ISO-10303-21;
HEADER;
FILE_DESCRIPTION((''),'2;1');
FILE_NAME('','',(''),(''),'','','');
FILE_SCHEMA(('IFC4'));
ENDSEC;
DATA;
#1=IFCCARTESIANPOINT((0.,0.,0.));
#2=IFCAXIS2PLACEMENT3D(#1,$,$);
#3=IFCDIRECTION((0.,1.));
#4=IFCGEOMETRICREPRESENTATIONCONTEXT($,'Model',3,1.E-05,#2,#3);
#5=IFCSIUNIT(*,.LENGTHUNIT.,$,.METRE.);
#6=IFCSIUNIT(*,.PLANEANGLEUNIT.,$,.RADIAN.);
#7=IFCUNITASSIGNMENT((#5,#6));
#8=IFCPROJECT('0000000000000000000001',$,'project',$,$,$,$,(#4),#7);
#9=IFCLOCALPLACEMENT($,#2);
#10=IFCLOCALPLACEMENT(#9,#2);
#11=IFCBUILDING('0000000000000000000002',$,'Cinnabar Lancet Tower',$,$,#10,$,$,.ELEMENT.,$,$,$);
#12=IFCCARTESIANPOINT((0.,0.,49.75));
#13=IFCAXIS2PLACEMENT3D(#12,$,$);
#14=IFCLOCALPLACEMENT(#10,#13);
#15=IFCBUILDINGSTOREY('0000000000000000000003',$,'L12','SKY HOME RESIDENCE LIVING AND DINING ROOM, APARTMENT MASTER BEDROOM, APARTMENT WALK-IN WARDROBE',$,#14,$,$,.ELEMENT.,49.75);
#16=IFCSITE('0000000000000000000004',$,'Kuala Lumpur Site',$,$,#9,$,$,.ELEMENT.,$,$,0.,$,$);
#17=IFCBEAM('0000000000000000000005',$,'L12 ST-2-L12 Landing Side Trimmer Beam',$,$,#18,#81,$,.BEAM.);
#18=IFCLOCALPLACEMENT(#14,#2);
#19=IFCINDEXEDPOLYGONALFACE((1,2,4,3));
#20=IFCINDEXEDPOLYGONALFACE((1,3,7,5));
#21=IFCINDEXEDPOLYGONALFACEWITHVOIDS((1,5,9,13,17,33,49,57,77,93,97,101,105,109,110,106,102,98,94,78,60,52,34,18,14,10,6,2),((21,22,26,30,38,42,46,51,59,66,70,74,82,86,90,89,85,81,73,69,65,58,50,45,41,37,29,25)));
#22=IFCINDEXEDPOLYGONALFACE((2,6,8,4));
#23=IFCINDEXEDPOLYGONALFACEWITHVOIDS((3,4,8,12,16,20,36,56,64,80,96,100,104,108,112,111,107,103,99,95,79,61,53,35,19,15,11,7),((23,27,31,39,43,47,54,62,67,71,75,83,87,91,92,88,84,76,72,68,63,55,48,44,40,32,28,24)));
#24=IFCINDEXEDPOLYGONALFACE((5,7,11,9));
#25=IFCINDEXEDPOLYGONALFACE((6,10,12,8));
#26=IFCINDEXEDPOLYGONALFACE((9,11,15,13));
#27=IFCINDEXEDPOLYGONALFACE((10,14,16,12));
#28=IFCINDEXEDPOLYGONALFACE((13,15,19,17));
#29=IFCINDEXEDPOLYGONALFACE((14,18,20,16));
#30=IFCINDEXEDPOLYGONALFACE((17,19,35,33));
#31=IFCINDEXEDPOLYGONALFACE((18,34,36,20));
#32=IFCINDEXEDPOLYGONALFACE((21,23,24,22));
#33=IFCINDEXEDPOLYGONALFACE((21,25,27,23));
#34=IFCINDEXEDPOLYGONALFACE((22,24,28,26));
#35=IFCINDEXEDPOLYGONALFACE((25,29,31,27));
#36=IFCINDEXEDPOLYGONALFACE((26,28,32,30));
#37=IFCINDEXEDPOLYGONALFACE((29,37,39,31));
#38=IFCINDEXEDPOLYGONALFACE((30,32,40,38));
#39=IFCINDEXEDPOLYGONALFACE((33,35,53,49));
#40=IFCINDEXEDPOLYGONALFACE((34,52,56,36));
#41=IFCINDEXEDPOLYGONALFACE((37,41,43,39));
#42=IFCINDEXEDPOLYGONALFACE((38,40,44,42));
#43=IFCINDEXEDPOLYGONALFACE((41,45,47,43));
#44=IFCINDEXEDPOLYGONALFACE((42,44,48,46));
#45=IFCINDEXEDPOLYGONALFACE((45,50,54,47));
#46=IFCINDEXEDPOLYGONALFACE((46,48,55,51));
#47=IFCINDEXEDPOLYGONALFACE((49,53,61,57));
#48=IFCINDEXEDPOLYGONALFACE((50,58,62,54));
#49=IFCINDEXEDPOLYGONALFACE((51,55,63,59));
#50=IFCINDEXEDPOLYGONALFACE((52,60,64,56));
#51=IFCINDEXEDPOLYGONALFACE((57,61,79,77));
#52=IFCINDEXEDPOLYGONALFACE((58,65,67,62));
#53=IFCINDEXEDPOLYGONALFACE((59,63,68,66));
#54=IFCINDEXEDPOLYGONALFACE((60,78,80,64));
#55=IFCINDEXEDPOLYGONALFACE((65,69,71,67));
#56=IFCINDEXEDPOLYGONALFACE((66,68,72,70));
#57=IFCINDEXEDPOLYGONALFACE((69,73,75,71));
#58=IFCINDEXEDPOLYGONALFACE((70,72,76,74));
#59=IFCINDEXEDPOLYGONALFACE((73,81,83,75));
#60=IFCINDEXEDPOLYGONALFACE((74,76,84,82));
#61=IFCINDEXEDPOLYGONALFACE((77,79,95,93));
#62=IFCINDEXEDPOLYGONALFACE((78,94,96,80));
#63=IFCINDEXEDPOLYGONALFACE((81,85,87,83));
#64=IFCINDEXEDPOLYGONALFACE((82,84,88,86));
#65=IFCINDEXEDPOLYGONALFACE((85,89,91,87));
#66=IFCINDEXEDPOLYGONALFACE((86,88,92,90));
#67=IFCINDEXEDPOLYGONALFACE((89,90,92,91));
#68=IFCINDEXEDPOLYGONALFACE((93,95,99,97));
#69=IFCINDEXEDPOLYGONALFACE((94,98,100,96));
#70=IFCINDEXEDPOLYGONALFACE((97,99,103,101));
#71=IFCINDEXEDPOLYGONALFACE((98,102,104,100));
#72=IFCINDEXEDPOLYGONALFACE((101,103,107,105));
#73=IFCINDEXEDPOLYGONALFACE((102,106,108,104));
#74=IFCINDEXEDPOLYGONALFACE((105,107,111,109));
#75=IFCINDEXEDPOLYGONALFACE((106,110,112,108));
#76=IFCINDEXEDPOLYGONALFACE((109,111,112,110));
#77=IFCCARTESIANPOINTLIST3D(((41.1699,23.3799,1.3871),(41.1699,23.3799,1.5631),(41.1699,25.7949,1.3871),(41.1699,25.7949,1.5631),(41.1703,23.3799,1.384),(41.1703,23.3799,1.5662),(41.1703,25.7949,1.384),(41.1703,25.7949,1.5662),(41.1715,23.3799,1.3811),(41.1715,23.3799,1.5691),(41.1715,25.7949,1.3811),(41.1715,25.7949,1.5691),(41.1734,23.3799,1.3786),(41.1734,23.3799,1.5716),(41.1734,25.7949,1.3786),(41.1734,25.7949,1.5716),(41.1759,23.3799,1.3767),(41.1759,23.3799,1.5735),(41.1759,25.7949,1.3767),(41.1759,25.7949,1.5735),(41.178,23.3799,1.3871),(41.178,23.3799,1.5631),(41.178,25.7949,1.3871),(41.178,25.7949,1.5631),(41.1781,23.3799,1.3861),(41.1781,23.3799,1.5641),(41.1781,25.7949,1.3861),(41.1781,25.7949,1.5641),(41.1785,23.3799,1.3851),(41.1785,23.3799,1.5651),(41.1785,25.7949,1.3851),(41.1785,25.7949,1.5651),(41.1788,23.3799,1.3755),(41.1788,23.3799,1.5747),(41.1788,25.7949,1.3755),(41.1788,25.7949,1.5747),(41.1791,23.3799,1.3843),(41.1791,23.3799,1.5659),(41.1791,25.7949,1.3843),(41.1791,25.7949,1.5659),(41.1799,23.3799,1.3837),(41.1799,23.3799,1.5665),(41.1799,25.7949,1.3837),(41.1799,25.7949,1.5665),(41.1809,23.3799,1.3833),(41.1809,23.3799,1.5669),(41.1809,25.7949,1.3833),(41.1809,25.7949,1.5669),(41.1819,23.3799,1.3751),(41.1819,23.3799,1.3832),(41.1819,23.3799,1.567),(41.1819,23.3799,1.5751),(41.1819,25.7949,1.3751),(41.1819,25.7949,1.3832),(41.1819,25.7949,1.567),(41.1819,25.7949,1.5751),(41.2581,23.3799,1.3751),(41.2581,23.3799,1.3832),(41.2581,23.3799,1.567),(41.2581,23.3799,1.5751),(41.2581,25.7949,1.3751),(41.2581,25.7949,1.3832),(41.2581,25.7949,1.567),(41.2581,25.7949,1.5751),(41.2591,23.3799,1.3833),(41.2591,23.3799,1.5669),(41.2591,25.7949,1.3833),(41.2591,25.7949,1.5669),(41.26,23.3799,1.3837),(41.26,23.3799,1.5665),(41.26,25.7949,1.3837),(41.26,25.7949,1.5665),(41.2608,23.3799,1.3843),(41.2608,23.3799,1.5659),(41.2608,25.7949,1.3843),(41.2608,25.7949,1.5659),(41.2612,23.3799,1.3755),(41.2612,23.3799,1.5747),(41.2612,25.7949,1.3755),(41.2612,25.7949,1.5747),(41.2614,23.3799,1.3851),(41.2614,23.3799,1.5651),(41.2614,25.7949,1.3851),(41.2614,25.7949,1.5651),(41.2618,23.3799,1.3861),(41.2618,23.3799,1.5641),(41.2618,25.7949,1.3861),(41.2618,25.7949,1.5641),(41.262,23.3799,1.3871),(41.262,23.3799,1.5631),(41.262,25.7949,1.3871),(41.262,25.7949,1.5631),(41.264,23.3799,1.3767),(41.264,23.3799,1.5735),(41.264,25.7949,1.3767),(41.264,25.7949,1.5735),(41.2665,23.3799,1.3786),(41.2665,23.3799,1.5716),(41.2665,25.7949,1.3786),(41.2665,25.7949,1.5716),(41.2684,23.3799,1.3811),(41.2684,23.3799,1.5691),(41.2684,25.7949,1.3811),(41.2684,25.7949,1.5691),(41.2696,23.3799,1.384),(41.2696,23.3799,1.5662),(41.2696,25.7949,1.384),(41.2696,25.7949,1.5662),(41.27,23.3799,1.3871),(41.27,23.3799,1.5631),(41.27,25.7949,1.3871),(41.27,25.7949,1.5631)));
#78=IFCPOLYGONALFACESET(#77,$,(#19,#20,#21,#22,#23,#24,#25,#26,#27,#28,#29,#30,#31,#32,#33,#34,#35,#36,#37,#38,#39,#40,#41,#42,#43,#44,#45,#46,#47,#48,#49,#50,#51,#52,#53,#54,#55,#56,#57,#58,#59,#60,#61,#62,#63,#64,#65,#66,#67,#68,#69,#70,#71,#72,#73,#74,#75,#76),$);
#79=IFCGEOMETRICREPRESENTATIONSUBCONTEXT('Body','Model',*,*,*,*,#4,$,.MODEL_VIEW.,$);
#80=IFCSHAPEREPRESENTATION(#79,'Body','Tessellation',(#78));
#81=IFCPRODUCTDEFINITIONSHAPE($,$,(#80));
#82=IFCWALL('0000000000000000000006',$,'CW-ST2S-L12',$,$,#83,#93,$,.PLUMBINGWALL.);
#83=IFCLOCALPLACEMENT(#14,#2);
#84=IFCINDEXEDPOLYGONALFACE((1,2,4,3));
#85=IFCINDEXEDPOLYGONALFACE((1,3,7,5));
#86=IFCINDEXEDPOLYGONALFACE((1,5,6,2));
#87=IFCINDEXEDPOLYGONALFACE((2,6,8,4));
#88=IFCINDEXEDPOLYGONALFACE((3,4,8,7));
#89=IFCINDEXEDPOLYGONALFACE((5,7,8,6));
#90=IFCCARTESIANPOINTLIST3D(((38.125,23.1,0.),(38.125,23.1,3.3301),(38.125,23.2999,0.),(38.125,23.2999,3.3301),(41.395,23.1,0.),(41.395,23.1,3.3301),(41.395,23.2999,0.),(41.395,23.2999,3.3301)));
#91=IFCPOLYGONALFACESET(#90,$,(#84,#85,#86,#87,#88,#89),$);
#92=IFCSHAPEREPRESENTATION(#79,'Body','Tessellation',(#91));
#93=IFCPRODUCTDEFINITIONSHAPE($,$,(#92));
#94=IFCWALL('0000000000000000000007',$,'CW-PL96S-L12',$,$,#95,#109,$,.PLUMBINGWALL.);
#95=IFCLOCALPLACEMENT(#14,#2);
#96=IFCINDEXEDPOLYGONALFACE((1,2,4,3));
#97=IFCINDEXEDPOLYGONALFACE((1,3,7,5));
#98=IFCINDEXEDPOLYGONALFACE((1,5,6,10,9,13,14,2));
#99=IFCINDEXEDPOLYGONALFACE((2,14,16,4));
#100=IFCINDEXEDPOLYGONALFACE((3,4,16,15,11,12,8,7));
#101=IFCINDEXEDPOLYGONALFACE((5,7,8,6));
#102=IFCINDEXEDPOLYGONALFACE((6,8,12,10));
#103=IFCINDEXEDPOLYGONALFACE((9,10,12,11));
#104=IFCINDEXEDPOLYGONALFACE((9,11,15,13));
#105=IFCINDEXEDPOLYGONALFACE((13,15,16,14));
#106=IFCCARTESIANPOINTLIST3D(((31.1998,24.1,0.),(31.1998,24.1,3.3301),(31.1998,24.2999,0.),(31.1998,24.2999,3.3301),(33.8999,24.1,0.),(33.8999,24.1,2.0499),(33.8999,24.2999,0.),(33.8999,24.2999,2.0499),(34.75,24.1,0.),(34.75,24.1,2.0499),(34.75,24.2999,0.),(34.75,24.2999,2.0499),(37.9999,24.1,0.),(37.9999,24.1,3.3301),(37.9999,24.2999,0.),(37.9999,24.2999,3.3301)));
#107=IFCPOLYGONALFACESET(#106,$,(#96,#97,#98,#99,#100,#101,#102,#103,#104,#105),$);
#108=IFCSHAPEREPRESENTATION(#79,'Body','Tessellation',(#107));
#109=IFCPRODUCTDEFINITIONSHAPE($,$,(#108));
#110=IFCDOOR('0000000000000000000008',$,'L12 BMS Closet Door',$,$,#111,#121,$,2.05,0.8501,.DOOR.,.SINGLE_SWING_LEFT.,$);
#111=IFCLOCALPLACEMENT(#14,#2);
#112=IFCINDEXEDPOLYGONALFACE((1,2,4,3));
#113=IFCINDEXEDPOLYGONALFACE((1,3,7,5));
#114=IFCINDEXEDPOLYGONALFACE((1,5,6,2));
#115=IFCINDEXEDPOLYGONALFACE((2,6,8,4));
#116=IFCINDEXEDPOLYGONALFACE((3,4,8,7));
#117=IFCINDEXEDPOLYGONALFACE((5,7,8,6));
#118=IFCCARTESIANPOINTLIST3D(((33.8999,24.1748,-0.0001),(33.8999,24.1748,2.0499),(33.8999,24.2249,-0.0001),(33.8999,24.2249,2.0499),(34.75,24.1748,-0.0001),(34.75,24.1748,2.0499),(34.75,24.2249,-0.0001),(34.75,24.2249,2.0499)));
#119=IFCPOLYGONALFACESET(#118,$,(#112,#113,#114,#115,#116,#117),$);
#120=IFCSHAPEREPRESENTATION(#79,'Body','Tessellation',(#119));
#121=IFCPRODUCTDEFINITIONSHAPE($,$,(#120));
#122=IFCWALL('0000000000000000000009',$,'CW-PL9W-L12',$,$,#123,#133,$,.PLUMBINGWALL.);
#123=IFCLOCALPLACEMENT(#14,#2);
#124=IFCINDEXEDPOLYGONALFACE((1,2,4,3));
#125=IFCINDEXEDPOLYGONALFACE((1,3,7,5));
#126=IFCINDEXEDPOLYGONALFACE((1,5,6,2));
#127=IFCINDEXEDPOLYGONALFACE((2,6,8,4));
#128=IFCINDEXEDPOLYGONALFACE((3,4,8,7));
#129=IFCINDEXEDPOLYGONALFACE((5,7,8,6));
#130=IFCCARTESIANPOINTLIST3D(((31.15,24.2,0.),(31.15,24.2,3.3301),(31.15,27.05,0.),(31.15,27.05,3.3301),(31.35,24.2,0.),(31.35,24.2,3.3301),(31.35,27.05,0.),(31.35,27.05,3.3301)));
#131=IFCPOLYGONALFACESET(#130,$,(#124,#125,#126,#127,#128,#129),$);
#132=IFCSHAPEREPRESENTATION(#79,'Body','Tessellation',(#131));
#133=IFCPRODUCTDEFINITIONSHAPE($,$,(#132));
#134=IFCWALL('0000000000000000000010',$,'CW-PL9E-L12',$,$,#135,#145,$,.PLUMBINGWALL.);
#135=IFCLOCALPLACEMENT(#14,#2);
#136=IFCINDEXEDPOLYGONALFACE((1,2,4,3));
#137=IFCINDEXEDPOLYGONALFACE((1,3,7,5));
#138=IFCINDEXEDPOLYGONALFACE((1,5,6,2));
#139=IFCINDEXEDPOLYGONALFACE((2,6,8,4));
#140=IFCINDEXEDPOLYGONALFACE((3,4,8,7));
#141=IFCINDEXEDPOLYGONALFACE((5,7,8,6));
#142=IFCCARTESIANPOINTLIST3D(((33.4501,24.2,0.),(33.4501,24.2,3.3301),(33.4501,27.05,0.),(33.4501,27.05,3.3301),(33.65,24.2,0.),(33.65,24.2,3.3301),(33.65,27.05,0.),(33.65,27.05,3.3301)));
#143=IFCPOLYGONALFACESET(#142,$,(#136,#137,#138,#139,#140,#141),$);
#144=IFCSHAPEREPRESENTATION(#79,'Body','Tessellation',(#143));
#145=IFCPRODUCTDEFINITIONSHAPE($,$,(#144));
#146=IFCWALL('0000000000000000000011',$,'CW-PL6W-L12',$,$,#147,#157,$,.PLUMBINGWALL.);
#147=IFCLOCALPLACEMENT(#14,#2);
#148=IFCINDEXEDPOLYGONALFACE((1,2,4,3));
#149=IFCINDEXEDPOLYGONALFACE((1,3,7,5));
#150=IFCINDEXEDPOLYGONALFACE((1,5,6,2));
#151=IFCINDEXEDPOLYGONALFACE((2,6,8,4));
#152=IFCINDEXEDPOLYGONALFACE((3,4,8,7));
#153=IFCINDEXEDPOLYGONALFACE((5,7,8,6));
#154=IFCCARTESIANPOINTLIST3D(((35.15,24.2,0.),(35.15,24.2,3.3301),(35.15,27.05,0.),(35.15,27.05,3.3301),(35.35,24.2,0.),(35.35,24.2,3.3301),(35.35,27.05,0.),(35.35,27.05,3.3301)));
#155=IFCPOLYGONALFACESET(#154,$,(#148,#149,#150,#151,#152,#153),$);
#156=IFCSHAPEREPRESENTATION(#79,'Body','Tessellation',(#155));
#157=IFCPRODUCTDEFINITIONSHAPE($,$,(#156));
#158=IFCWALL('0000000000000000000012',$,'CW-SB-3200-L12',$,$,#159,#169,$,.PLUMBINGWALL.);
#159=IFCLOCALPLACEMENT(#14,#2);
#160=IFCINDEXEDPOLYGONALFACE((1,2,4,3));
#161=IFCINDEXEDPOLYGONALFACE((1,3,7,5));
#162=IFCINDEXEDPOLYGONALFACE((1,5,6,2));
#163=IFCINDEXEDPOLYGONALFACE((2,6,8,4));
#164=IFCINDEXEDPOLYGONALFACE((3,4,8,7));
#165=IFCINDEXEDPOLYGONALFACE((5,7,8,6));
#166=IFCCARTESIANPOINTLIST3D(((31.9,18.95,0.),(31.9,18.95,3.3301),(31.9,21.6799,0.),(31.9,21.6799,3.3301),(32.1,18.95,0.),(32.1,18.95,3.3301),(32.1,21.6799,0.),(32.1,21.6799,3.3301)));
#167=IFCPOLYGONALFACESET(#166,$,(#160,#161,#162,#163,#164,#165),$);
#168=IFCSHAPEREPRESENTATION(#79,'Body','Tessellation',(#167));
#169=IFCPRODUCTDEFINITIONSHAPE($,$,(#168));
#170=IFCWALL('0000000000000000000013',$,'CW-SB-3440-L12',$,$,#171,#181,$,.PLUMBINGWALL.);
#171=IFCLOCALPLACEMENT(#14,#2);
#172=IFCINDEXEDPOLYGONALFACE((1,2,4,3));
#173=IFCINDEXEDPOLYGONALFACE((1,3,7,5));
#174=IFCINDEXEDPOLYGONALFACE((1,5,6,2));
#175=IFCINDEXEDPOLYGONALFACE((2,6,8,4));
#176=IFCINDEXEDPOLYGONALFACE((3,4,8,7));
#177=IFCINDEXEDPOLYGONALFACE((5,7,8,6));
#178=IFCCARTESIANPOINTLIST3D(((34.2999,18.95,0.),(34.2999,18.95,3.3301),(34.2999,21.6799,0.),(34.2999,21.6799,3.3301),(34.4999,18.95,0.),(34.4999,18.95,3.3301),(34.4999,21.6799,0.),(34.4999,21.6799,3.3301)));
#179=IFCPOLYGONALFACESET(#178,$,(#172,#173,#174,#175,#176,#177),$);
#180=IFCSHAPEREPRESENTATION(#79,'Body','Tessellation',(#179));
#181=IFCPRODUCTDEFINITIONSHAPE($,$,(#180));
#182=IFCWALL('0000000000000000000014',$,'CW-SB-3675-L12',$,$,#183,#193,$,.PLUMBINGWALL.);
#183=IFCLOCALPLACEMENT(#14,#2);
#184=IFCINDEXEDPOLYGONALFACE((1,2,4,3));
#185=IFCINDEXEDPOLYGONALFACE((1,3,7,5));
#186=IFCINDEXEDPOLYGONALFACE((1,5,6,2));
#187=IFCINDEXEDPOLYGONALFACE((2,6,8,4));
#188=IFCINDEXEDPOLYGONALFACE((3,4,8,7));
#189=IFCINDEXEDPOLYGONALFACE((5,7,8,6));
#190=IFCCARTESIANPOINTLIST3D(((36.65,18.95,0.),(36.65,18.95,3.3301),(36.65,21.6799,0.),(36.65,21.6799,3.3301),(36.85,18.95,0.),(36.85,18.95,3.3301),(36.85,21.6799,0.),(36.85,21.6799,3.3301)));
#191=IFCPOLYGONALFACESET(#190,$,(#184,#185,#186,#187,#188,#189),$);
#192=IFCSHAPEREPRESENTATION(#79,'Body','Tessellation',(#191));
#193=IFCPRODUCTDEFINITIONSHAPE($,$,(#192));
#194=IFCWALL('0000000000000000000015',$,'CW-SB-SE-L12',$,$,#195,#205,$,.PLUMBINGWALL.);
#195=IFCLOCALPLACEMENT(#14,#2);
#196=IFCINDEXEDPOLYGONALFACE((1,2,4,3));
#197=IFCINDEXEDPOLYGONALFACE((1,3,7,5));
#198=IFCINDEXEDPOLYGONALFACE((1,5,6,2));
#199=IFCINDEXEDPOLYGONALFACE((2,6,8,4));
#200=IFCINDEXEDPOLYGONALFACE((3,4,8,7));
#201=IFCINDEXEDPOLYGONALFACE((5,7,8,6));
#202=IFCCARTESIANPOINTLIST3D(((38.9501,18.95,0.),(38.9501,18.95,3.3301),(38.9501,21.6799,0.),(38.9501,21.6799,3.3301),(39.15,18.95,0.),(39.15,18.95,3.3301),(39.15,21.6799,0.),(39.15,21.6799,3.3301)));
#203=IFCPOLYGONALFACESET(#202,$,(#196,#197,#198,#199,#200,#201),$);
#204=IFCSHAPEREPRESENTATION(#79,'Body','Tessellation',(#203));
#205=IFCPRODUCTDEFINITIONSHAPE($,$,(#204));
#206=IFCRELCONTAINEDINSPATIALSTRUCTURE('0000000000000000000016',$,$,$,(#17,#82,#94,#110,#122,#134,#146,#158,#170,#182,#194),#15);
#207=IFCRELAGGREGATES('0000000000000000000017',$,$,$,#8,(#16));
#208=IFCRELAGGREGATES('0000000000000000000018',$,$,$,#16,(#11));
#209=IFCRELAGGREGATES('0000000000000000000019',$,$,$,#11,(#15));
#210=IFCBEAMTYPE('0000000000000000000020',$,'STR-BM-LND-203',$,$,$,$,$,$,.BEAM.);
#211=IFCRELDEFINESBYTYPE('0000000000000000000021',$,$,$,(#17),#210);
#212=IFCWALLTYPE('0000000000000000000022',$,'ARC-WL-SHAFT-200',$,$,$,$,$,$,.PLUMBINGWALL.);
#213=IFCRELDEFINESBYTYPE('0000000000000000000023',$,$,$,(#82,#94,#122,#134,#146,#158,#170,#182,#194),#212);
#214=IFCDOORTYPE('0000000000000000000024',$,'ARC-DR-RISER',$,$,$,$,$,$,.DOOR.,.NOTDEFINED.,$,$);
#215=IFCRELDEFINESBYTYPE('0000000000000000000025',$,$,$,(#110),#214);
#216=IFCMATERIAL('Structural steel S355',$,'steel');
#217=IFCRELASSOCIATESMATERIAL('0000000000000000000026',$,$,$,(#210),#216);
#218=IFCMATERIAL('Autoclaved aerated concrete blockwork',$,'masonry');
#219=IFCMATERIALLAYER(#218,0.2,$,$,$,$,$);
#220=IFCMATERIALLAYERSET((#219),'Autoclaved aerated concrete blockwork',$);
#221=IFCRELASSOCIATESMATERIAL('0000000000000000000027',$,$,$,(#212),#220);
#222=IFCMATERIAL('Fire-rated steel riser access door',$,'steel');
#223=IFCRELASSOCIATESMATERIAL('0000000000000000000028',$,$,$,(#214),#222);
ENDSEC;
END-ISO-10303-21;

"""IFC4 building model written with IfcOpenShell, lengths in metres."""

from ifc_helpers import new_model, si_unit, direction, frame, frame_2d, origin, origin_2d, place, context, subcontext, project, spatial, rectangle, hollow_rectangle, extrude, material, layer, layer_set, material_profile, profile_set, type_object, element, fill, save


model = new_model("IFC4")

# Units and contexts
model_context = context("Model", 3, precision=1e-05, world=origin(), true_north=direction((0.0, 1.0)))
body_context = subcontext(model_context, "Body", "Model", "MODEL_VIEW")
ifc_project = project(units=[si_unit("LENGTHUNIT", "METRE"), si_unit("PLANEANGLEUNIT", "RADIAN")], contexts=[model_context])

# Site, building, storey
site_placement = place(None, origin())
site = spatial("IfcSite", under=ifc_project, at=site_placement, Name="Kuala Lumpur Site", CompositionType="ELEMENT", RefElevation=0.0)
building_placement = place(site_placement, origin())
building = spatial("IfcBuilding", under=site, at=building_placement, Name="Cinnabar Lancet Tower", CompositionType="ELEMENT")
storey_placement = place(building_placement, frame((0.0, 0.0, 49.75)))
storey = spatial("IfcBuildingStorey", under=building, at=storey_placement, Name="L12", Description="SKY HOME RESIDENCE LIVING AND DINING ROOM, APARTMENT MASTER BEDROOM, APARTMENT WALK-IN WARDROBE", CompositionType="ELEMENT", Elevation=49.75)

# Beam
ifc_material_1 = material(Name="Structural steel S355", Category="steel")
ifc_material_profile_1 = material_profile(ifc_material_1, hollow_rectangle(XDim=0.1001, YDim=0.2, WallThickness=0.0081, InnerFilletRadius=0.0039, OuterFilletRadius=0.012, at=origin_2d()), Name="RHS 200x100x8")
ifc_profile_set_1 = profile_set([ifc_material_profile_1], Name="Structural steel S355")
beam_type = type_object("IfcBeamType", Name="STR-BM-LND-203", PredefinedType="BEAM", material=ifc_profile_set_1)
beam_placement = place(storey_placement, frame((41.22, 23.3799, 1.4751), z_axis=(0.0, 1.0, 0.0), x_axis=(-1.0, 0.0, 0.0)))
element("IfcBeam", 1, at=beam_placement, inside=storey, type_object=beam_type, Name="L12 ST-2-L12 Landing Side Trimmer Beam", PredefinedType="BEAM", context=body_context, shape_type="SweptSolid", body=[
    extrude(hollow_rectangle(XDim=0.1001, YDim=0.2, WallThickness=0.0081, InnerFilletRadius=0.0039, OuterFilletRadius=0.012, at=origin_2d()), origin(), (0.0, 0.0, 1.0), 2.415),
])

# Wall
ifc_material_2 = material(Name="Autoclaved aerated concrete blockwork", Category="masonry")
ifc_layer_1 = layer(ifc_material_2, 0.2)
ifc_layer_set_1 = layer_set([ifc_layer_1], Name="Autoclaved aerated concrete blockwork")
wall_type_1 = type_object("IfcWallType", Name="ARC-WL-SHAFT-200", PredefinedType="PLUMBINGWALL", material=ifc_layer_set_1)
wall_1_placement = place(storey_placement, frame((38.125, 23.2, 0.0), z_axis=(0.0, 0.0, 1.0), x_axis=(1.0, 0.0, 0.0)))
element("IfcWall", 2, at=wall_1_placement, inside=storey, type_object=wall_type_1, Name="CW-ST2S-L12", PredefinedType="PLUMBINGWALL", context=body_context, shape_type="SweptSolid", body=[
    extrude(rectangle(XDim=3.27, YDim=0.2, at=frame_2d((1.635, 0.0))), origin(), (0.0, 0.0, 1.0), 3.3301),
])

# Wall, opening, door
wall_2_placement = place(storey_placement, frame((31.2, 24.2, 0.0), z_axis=(0.0, 0.0, 1.0), x_axis=(1.0, 0.0, 0.0)))
wall_2 = element("IfcWall", 3, at=wall_2_placement, inside=storey, type_object=wall_type_1, Name="CW-PL96S-L12", PredefinedType="PLUMBINGWALL", context=body_context, shape_type="SweptSolid", body=[
    extrude(rectangle(XDim=6.8, YDim=0.2, at=frame_2d((3.3999, 0.0))), origin(), (0.0, 0.0, 1.0), 3.3301),
])
opening_1_placement = place(wall_2_placement, frame((2.7, 0.0, 0.0)))
opening_1 = element("IfcOpeningElement", 4, at=opening_1_placement, cuts=wall_2, PredefinedType="OPENING", context=body_context, shape_type="SweptSolid", body=[
    extrude(rectangle(XDim=0.8501, YDim=2.05, at=frame_2d((0.425, 1.0249))), frame((0.0, 0.1099, 0.0), z_axis=(0.0, -1.0, 0.0), x_axis=(1.0, 0.0, 0.0)), (0.0, 0.0, 1.0), 0.22),
])
ifc_material_3 = material(Name="Fire-rated steel riser access door", Category="steel")
door_type_1 = type_object("IfcDoorType", Name="ARC-DR-RISER", OperationType="NOTDEFINED", PredefinedType="DOOR", material=ifc_material_3)
door_1_placement = place(opening_1_placement, origin())
door_1 = element("IfcDoor", 5, at=door_1_placement, inside=storey, type_object=door_type_1, Name="L12 BMS Closet Door", OperationType="SINGLE_SWING_LEFT", OverallHeight=2.05, OverallWidth=0.8501, PredefinedType="DOOR", context=body_context, shape_type="SweptSolid", body=[
    extrude(rectangle(XDim=0.8501, YDim=2.05, at=frame_2d((0.425, 1.0249))), frame((0.0, 0.0249, 0.0), z_axis=(0.0, -1.0, 0.0), x_axis=(1.0, 0.0, 0.0)), (0.0, 0.0, 1.0), 0.05),
])
fill(opening_1, door_1)

# Walls
for number, where, z_axis, x_axis, name in (
    (6, (31.25, 24.2, 0.0), (0.0, 0.0, 1.0), (0.0, 1.0, 0.0), "CW-PL9W-L12"),
    (7, (33.55, 24.2, 0.0), (0.0, 0.0, 1.0), (0.0, 1.0, 0.0), "CW-PL9E-L12"),
    (8, (35.25, 24.2, 0.0), (0.0, 0.0, 1.0), (0.0, 1.0, 0.0), "CW-PL6W-L12"),
):
    element("IfcWall", number, at=place(storey_placement, frame(where, z_axis=z_axis, x_axis=x_axis)), inside=storey, type_object=wall_type_1, Name=name, PredefinedType="PLUMBINGWALL", context=body_context, shape_type="SweptSolid", body=[
        extrude(rectangle(XDim=2.8501, YDim=0.2, at=frame_2d((1.425, 0.0))), origin(), (0.0, 0.0, 1.0), 3.3301),
    ])
for number, where, z_axis, x_axis, name in (
    (9, (32.0, 18.95, 0.0), (0.0, 0.0, 1.0), (0.0, 1.0, 0.0), "CW-SB-3200-L12"),
    (10, (34.3999, 18.95, 0.0), (0.0, 0.0, 1.0), (0.0, 1.0, 0.0), "CW-SB-3440-L12"),
    (11, (36.75, 18.95, 0.0), (0.0, 0.0, 1.0), (0.0, 1.0, 0.0), "CW-SB-3675-L12"),
    (12, (39.05, 18.95, 0.0), (0.0, 0.0, 1.0), (0.0, 1.0, 0.0), "CW-SB-SE-L12"),
):
    element("IfcWall", number, at=place(storey_placement, frame(where, z_axis=z_axis, x_axis=x_axis)), inside=storey, type_object=wall_type_1, Name=name, PredefinedType="PLUMBINGWALL", context=body_context, shape_type="SweptSolid", body=[
        extrude(rectangle(XDim=2.73, YDim=0.2, at=frame_2d((1.365, 0.0))), origin(), (0.0, 0.0, 1.0), 3.3301),
    ])

save(model, "model.ifc")
